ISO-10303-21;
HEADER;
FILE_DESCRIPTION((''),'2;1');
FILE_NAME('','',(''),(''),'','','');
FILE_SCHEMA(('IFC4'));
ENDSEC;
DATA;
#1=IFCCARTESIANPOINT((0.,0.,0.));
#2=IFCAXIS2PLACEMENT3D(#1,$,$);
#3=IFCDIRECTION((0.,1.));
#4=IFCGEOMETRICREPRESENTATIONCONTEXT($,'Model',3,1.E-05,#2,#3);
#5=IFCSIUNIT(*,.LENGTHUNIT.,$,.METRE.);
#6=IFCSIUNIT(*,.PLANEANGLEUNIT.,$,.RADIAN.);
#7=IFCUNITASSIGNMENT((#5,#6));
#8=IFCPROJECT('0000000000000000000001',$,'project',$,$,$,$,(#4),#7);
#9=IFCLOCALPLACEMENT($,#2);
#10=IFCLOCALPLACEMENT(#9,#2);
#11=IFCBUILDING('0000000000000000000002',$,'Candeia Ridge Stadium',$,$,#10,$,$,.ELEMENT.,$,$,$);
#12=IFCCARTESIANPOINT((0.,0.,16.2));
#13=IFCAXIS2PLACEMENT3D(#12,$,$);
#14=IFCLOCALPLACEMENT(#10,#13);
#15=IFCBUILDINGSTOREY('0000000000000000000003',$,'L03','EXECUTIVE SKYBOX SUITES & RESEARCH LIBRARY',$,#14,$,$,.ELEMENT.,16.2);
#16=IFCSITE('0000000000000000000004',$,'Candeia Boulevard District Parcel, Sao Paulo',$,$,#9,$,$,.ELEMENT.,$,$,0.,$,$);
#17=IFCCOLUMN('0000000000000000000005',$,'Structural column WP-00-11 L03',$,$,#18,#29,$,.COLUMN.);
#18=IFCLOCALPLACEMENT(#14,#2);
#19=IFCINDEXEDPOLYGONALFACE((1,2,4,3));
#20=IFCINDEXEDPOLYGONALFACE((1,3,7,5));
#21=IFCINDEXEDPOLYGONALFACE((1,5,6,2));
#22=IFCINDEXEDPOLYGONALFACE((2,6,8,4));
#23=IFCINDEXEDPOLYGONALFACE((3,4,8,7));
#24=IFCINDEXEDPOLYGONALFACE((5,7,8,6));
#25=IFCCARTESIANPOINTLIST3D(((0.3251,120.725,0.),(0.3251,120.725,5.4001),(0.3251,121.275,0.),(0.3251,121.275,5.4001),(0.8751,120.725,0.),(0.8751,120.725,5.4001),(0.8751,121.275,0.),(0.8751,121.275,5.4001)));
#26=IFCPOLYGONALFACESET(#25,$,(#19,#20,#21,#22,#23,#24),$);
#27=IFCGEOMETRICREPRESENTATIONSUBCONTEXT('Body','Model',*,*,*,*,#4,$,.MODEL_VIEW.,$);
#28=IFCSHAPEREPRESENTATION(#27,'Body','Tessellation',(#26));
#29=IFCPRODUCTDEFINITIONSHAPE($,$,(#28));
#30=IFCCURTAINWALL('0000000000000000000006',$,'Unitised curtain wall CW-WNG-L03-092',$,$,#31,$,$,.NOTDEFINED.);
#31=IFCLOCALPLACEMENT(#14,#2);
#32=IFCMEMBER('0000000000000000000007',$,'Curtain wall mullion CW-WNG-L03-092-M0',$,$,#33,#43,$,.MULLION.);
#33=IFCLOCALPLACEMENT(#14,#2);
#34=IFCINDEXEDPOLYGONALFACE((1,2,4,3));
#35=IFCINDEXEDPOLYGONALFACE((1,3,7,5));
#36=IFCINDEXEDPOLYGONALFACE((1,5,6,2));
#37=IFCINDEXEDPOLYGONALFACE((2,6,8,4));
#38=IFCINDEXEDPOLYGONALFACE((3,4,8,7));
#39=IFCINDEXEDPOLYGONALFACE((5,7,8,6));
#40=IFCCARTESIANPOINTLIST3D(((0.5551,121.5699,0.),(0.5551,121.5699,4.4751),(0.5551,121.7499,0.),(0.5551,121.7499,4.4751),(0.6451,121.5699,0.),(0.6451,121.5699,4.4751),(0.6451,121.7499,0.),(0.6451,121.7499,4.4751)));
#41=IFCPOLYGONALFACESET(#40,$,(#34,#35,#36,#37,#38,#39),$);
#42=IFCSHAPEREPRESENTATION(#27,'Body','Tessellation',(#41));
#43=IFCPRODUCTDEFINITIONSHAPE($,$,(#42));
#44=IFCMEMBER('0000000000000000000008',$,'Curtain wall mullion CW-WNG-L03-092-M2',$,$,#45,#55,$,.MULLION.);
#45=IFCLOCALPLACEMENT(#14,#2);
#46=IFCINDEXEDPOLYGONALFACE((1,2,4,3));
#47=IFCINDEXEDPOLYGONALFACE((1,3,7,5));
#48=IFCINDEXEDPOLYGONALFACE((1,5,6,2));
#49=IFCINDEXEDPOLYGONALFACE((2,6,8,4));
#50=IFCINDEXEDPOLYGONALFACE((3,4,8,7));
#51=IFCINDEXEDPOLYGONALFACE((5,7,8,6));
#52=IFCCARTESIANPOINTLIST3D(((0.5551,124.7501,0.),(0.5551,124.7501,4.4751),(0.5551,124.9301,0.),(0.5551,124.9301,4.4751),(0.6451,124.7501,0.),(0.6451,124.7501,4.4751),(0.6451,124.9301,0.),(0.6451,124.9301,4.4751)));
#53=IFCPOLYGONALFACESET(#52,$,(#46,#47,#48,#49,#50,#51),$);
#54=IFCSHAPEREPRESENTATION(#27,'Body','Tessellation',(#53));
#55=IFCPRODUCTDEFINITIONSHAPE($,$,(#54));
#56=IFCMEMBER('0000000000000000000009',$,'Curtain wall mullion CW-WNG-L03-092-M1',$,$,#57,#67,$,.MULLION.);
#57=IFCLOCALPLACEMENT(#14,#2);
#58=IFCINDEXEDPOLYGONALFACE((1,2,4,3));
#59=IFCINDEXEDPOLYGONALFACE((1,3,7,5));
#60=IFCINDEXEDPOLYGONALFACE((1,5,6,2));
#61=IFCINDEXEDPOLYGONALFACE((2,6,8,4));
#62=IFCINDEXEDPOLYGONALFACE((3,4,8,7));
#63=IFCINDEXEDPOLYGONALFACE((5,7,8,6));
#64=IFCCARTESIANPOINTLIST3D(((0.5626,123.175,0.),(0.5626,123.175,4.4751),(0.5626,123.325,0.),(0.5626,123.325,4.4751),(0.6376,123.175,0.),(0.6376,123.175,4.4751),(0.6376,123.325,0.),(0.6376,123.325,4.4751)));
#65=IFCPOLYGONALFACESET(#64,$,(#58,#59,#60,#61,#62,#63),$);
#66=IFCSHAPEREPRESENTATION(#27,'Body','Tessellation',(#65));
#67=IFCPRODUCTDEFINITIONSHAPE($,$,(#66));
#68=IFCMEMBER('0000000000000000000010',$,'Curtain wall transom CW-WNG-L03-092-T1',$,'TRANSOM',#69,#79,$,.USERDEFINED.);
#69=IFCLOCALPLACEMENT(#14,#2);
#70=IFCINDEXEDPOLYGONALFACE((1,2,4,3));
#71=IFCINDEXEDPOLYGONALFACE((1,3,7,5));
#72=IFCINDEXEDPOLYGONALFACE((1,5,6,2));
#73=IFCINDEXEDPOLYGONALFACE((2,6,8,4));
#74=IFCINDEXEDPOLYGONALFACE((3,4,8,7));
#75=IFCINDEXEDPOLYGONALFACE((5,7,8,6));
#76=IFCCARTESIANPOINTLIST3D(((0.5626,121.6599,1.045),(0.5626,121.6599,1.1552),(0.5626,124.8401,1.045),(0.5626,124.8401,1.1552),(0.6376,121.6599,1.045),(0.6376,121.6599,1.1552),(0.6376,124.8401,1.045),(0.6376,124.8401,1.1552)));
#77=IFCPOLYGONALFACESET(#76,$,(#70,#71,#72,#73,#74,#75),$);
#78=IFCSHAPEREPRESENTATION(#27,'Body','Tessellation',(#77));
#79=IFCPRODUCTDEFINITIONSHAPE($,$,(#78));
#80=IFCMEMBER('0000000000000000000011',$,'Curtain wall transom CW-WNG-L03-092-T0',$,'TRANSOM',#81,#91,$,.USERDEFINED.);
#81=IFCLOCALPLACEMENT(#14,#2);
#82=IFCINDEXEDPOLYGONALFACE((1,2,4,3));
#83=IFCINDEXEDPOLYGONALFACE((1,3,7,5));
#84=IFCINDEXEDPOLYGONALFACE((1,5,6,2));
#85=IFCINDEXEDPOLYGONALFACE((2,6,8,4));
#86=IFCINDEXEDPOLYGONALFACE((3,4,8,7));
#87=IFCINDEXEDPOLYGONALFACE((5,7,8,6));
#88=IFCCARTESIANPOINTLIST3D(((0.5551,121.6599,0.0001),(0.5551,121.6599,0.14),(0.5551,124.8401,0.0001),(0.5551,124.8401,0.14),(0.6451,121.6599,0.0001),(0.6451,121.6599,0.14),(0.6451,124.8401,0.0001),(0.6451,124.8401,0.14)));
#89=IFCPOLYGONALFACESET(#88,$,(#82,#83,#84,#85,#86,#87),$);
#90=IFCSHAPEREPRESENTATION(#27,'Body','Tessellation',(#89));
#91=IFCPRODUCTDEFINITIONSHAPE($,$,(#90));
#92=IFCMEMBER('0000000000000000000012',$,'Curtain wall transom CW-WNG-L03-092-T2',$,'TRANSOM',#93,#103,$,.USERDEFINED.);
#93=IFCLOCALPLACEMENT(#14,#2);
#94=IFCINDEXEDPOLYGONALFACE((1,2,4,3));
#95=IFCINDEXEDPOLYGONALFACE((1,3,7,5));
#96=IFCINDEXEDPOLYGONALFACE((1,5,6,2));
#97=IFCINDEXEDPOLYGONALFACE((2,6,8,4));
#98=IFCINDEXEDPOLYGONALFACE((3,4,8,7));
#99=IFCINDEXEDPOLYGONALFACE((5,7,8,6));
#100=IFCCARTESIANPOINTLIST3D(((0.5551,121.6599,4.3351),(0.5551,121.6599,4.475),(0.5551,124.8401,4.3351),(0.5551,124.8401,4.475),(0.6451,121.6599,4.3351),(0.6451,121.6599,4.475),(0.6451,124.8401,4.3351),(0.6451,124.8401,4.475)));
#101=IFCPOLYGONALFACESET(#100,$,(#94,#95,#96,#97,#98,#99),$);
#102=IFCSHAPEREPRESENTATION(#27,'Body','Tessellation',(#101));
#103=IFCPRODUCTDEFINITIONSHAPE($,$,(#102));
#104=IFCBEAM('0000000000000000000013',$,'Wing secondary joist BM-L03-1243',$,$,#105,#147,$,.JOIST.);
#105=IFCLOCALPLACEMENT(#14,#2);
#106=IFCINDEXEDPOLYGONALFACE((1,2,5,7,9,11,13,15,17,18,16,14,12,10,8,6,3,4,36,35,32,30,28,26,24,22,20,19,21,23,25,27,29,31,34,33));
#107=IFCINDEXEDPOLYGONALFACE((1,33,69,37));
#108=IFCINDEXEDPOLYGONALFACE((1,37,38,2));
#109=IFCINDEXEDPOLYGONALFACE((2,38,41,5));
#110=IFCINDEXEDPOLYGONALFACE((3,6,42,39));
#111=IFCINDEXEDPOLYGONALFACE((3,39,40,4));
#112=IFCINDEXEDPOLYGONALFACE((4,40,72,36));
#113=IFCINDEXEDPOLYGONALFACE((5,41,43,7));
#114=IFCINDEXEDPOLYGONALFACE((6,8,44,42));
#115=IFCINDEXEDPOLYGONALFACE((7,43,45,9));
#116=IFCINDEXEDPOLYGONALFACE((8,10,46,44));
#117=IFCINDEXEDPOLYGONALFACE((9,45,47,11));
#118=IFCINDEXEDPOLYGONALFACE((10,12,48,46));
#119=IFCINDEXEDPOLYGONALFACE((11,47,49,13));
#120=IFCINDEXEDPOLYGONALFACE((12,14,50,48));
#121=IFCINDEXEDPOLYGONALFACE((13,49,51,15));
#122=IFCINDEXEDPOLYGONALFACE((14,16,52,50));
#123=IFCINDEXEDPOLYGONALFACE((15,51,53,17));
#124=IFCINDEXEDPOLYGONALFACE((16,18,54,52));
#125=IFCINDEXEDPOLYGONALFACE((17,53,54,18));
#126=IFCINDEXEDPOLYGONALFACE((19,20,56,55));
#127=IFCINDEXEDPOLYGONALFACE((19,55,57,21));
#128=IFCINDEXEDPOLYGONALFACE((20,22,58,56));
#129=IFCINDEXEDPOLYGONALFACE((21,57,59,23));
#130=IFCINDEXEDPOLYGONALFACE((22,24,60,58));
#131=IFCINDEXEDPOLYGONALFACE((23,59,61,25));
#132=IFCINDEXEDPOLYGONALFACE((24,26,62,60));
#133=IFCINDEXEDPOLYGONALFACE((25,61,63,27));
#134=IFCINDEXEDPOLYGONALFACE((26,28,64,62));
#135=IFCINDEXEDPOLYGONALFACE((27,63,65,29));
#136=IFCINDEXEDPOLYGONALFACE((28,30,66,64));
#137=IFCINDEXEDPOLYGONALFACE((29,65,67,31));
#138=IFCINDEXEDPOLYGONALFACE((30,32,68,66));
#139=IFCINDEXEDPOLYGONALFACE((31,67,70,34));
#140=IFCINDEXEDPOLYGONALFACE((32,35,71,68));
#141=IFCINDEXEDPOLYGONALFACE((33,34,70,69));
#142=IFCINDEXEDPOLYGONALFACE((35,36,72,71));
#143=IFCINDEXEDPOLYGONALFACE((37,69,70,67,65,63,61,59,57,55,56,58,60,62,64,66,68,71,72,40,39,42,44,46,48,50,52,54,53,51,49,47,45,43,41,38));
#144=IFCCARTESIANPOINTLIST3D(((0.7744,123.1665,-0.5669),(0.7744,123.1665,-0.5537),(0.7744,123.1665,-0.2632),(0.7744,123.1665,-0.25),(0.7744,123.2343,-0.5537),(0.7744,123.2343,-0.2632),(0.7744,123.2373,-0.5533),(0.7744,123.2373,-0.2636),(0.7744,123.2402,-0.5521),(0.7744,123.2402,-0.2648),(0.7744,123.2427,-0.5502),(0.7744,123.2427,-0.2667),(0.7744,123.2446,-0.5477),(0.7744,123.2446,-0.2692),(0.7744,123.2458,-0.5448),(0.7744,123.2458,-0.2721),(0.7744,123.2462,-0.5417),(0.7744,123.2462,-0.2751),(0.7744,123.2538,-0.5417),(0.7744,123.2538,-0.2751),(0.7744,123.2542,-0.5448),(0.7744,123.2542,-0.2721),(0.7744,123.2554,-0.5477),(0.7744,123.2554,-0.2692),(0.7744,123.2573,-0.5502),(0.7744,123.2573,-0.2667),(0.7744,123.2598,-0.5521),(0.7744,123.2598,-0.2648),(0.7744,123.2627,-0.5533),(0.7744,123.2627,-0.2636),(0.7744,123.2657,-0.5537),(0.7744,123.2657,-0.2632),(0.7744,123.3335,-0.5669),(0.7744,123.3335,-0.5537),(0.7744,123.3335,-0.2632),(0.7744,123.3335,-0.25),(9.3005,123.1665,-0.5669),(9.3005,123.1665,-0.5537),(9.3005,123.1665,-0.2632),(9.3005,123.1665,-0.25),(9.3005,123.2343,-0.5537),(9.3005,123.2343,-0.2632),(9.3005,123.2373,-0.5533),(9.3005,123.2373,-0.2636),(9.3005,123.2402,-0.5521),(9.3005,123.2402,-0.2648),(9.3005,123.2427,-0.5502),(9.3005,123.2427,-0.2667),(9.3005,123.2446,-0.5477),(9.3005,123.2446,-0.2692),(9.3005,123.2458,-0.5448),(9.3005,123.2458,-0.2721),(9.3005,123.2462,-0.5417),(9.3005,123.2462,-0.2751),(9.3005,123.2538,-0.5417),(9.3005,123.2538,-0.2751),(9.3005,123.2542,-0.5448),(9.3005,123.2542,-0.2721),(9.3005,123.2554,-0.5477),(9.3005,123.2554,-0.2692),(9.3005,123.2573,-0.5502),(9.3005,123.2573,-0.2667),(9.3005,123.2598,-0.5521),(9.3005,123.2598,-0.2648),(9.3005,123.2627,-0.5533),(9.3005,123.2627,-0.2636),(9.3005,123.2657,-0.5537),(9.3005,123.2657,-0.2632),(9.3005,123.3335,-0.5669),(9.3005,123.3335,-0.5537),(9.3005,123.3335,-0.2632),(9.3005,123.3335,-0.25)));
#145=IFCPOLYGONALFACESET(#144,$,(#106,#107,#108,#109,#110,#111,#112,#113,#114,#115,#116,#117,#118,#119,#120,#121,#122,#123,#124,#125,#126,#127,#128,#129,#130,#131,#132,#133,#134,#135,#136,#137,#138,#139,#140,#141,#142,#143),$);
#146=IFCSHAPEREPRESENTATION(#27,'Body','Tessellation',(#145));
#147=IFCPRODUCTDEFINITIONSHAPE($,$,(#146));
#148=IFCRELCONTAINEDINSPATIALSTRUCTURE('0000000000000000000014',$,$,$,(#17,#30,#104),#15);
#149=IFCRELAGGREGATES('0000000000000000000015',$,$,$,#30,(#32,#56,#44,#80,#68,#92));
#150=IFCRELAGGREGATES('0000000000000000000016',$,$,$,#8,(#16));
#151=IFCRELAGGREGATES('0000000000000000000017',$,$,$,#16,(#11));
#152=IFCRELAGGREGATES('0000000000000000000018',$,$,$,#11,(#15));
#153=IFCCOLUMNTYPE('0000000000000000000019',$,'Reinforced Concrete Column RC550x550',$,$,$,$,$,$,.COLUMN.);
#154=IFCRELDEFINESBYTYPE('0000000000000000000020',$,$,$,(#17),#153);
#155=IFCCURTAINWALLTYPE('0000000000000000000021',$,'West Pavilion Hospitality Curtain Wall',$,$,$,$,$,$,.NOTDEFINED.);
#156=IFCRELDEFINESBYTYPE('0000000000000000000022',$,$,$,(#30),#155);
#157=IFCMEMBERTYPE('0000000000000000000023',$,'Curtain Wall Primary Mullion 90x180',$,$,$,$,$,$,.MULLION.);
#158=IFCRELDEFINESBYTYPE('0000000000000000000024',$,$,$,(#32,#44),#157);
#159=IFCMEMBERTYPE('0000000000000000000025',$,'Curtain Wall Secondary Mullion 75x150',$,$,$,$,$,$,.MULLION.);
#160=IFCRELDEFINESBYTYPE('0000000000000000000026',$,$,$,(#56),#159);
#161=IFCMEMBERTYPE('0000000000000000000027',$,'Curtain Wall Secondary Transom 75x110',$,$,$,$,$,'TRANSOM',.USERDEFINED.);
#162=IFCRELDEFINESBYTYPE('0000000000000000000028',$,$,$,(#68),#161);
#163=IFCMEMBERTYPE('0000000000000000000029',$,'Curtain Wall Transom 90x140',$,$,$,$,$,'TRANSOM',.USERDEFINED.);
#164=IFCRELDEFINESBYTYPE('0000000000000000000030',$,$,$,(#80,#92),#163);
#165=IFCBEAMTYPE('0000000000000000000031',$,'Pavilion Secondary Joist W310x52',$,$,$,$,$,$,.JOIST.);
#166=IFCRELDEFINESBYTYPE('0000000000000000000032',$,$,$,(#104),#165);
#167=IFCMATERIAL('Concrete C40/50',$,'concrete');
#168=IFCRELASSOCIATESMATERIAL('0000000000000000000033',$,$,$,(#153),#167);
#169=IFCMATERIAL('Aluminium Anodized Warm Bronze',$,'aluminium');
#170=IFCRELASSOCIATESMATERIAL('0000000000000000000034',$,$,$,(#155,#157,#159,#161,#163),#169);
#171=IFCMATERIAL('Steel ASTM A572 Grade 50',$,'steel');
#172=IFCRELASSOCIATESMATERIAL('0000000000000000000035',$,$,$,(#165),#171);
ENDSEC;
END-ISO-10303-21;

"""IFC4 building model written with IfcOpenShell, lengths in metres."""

from ifc_helpers import new_model, si_unit, direction, frame, origin, origin_2d, place, context, subcontext, project, spatial, rectangle, i_section, extrude, material, material_profile, profile_set, type_object, element, aggregate, save


model = new_model("IFC4")

# Units and contexts
model_context = context("Model", 3, precision=1e-05, world=origin(), true_north=direction((0.0, 1.0)))
body_context = subcontext(model_context, "Body", "Model", "MODEL_VIEW")
ifc_project = project(units=[si_unit("LENGTHUNIT", "METRE"), si_unit("PLANEANGLEUNIT", "RADIAN")], contexts=[model_context])

# Site, building, storey
site_placement = place(None, origin())
site = spatial("IfcSite", under=ifc_project, at=site_placement, Name="Candeia Boulevard District Parcel, Sao Paulo", CompositionType="ELEMENT", RefElevation=0.0)
building_placement = place(site_placement, origin())
building = spatial("IfcBuilding", under=site, at=building_placement, Name="Candeia Ridge Stadium", CompositionType="ELEMENT")
storey_placement = place(building_placement, frame((0.0, 0.0, 16.2)))
storey = spatial("IfcBuildingStorey", under=building, at=storey_placement, Name="L03", Description="EXECUTIVE SKYBOX SUITES & RESEARCH LIBRARY", CompositionType="ELEMENT", Elevation=16.2)

# Column
ifc_material_1 = material(Name="Concrete C40/50", Category="concrete")
ifc_material_profile_1 = material_profile(ifc_material_1, rectangle(XDim=0.55, YDim=0.55, at=origin_2d()), Name="RC550x550", Category="concrete")
ifc_profile_set_1 = profile_set([ifc_material_profile_1], Name="Concrete C40/50")
column_type = type_object("IfcColumnType", Name="Reinforced Concrete Column RC550x550", PredefinedType="COLUMN", material=ifc_profile_set_1)
column_placement = place(storey_placement, frame((0.6001, 121.0, 0.0), z_axis=(0.0, 0.0, 1.0), x_axis=(1.0, 0.0, 0.0)))
element("IfcColumn", 1, at=column_placement, inside=storey, type_object=column_type, Name="Structural column WP-00-11 L03", PredefinedType="COLUMN", context=body_context, shape_type="SweptSolid", body=[
    extrude(rectangle(XDim=0.55, YDim=0.55, at=origin_2d()), origin(), (0.0, 0.0, 1.0), 5.4001),
])

# Curtain wall, members
ifc_material_2 = material(Name="Aluminium Anodized Warm Bronze", Category="aluminium")
curtain_wall_type = type_object("IfcCurtainWallType", Name="West Pavilion Hospitality Curtain Wall", PredefinedType="NOTDEFINED", material=ifc_material_2)
curtain_wall_placement = place(storey_placement, origin())
curtain_wall = element("IfcCurtainWall", 2, at=curtain_wall_placement, inside=storey, type_object=curtain_wall_type, Name="Unitised curtain wall CW-WNG-L03-092", PredefinedType="NOTDEFINED")
ifc_material_profile_2 = material_profile(ifc_material_2, rectangle(XDim=0.0901, YDim=0.1799, at=origin_2d()), Name="CWM-90x180", Category="aluminium")
ifc_profile_set_2 = profile_set([ifc_material_profile_2], Name="Aluminium Anodized Warm Bronze")
member_type_1 = type_object("IfcMemberType", Name="Curtain Wall Primary Mullion 90x180", PredefinedType="MULLION", material=ifc_profile_set_2)
member_1_placement = place(storey_placement, frame((0.6001, 121.6599, 0.0), z_axis=(0.0, 0.0, 1.0), x_axis=(1.0, 0.0, 0.0)))
member_1 = element("IfcMember", 3, at=member_1_placement, type_object=member_type_1, Name="Curtain wall mullion CW-WNG-L03-092-M0", PredefinedType="MULLION", context=body_context, shape_type="SweptSolid", body=[
    extrude(rectangle(XDim=0.0901, YDim=0.1799, at=origin_2d()), origin(), (0.0, 0.0, 1.0), 4.4751),
])
member_2_placement = place(storey_placement, frame((0.6001, 124.8401, 0.0), z_axis=(0.0, 0.0, 1.0), x_axis=(1.0, 0.0, 0.0)))
member_2 = element("IfcMember", 4, at=member_2_placement, type_object=member_type_1, Name="Curtain wall mullion CW-WNG-L03-092-M2", PredefinedType="MULLION", context=body_context, shape_type="SweptSolid", body=[
    extrude(rectangle(XDim=0.0901, YDim=0.1799, at=origin_2d()), origin(), (0.0, 0.0, 1.0), 4.4751),
])
ifc_material_profile_3 = material_profile(ifc_material_2, rectangle(XDim=0.075, YDim=0.1499, at=origin_2d()), Name="CWM-75x150", Category="aluminium")
ifc_profile_set_3 = profile_set([ifc_material_profile_3], Name="Aluminium Anodized Warm Bronze")
member_type_2 = type_object("IfcMemberType", Name="Curtain Wall Secondary Mullion 75x150", PredefinedType="MULLION", material=ifc_profile_set_3)
member_3_placement = place(storey_placement, frame((0.6001, 123.25, 0.0), z_axis=(0.0, 0.0, 1.0), x_axis=(1.0, 0.0, 0.0)))
member_3 = element("IfcMember", 5, at=member_3_placement, type_object=member_type_2, Name="Curtain wall mullion CW-WNG-L03-092-M1", PredefinedType="MULLION", context=body_context, shape_type="SweptSolid", body=[
    extrude(rectangle(XDim=0.075, YDim=0.1499, at=origin_2d()), origin(), (0.0, 0.0, 1.0), 4.4751),
])
ifc_material_profile_4 = material_profile(ifc_material_2, rectangle(XDim=0.075, YDim=0.1101, at=origin_2d()), Name="CWT-75x110", Category="aluminium")
ifc_profile_set_4 = profile_set([ifc_material_profile_4], Name="Aluminium Anodized Warm Bronze")
member_type_3 = type_object("IfcMemberType", Name="Curtain Wall Secondary Transom 75x110", ElementType="TRANSOM", PredefinedType="USERDEFINED", material=ifc_profile_set_4)
member_4_placement = place(storey_placement, frame((0.6001, 121.6599, 1.1001), z_axis=(0.0, 1.0, 0.0), x_axis=(-1.0, 0.0, 0.0)))
member_4 = element("IfcMember", 6, at=member_4_placement, type_object=member_type_3, Name="Curtain wall transom CW-WNG-L03-092-T1", ObjectType="TRANSOM", PredefinedType="USERDEFINED", context=body_context, shape_type="SweptSolid", body=[
    extrude(rectangle(XDim=0.075, YDim=0.1101, at=origin_2d()), origin(), (0.0, 0.0, 1.0), 3.1802),
])
ifc_material_profile_5 = material_profile(ifc_material_2, rectangle(XDim=0.0901, YDim=0.1399, at=origin_2d()), Name="CWT-90x140", Category="aluminium")
ifc_profile_set_5 = profile_set([ifc_material_profile_5], Name="Aluminium Anodized Warm Bronze")
member_type_4 = type_object("IfcMemberType", Name="Curtain Wall Transom 90x140", ElementType="TRANSOM", PredefinedType="USERDEFINED", material=ifc_profile_set_5)
member_5_placement = place(storey_placement, frame((0.6001, 121.6599, 0.0701), z_axis=(0.0, 1.0, 0.0), x_axis=(-1.0, 0.0, 0.0)))
member_5 = element("IfcMember", 7, at=member_5_placement, type_object=member_type_4, Name="Curtain wall transom CW-WNG-L03-092-T0", ObjectType="TRANSOM", PredefinedType="USERDEFINED", context=body_context, shape_type="SweptSolid", body=[
    extrude(rectangle(XDim=0.0901, YDim=0.1399, at=origin_2d()), origin(), (0.0, 0.0, 1.0), 3.1802),
])
member_6_placement = place(storey_placement, frame((0.6001, 121.6599, 4.405), z_axis=(0.0, 1.0, 0.0), x_axis=(-1.0, 0.0, 0.0)))
member_6 = element("IfcMember", 8, at=member_6_placement, type_object=member_type_4, Name="Curtain wall transom CW-WNG-L03-092-T2", ObjectType="TRANSOM", PredefinedType="USERDEFINED", context=body_context, shape_type="SweptSolid", body=[
    extrude(rectangle(XDim=0.0901, YDim=0.1399, at=origin_2d()), origin(), (0.0, 0.0, 1.0), 3.1802),
])

# Beam
ifc_material_3 = material(Name="Steel ASTM A572 Grade 50", Category="steel")
ifc_material_profile_6 = material_profile(ifc_material_3, i_section(OverallWidth=0.167, OverallDepth=0.3169, WebThickness=0.0076, FlangeThickness=0.0132, FilletRadius=0.012, at=origin_2d()), Name="W310x52", Category="steel")
ifc_profile_set_6 = profile_set([ifc_material_profile_6], Name="Steel ASTM A572 Grade 50")
beam_type_1 = type_object("IfcBeamType", Name="Pavilion Secondary Joist W310x52", PredefinedType="JOIST", material=ifc_profile_set_6)
beam_1_placement = place(storey_placement, frame((0.7744, 123.25, -0.4084), z_axis=(1.0, 0.0, 0.0), x_axis=(0.0, 1.0, 0.0)))
element("IfcBeam", 9, at=beam_1_placement, inside=storey, type_object=beam_type_1, Name="Wing secondary joist BM-L03-1243", PredefinedType="JOIST", context=body_context, shape_type="SweptSolid", body=[
    extrude(i_section(OverallWidth=0.167, OverallDepth=0.3169, WebThickness=0.0076, FlangeThickness=0.0132, FilletRadius=0.012, at=origin_2d()), origin(), (0.0, 0.0, 1.0), 8.5261),
])

aggregate(curtain_wall, [member_1, member_3, member_2, member_5, member_4, member_6])

save(model, "model.ifc")
